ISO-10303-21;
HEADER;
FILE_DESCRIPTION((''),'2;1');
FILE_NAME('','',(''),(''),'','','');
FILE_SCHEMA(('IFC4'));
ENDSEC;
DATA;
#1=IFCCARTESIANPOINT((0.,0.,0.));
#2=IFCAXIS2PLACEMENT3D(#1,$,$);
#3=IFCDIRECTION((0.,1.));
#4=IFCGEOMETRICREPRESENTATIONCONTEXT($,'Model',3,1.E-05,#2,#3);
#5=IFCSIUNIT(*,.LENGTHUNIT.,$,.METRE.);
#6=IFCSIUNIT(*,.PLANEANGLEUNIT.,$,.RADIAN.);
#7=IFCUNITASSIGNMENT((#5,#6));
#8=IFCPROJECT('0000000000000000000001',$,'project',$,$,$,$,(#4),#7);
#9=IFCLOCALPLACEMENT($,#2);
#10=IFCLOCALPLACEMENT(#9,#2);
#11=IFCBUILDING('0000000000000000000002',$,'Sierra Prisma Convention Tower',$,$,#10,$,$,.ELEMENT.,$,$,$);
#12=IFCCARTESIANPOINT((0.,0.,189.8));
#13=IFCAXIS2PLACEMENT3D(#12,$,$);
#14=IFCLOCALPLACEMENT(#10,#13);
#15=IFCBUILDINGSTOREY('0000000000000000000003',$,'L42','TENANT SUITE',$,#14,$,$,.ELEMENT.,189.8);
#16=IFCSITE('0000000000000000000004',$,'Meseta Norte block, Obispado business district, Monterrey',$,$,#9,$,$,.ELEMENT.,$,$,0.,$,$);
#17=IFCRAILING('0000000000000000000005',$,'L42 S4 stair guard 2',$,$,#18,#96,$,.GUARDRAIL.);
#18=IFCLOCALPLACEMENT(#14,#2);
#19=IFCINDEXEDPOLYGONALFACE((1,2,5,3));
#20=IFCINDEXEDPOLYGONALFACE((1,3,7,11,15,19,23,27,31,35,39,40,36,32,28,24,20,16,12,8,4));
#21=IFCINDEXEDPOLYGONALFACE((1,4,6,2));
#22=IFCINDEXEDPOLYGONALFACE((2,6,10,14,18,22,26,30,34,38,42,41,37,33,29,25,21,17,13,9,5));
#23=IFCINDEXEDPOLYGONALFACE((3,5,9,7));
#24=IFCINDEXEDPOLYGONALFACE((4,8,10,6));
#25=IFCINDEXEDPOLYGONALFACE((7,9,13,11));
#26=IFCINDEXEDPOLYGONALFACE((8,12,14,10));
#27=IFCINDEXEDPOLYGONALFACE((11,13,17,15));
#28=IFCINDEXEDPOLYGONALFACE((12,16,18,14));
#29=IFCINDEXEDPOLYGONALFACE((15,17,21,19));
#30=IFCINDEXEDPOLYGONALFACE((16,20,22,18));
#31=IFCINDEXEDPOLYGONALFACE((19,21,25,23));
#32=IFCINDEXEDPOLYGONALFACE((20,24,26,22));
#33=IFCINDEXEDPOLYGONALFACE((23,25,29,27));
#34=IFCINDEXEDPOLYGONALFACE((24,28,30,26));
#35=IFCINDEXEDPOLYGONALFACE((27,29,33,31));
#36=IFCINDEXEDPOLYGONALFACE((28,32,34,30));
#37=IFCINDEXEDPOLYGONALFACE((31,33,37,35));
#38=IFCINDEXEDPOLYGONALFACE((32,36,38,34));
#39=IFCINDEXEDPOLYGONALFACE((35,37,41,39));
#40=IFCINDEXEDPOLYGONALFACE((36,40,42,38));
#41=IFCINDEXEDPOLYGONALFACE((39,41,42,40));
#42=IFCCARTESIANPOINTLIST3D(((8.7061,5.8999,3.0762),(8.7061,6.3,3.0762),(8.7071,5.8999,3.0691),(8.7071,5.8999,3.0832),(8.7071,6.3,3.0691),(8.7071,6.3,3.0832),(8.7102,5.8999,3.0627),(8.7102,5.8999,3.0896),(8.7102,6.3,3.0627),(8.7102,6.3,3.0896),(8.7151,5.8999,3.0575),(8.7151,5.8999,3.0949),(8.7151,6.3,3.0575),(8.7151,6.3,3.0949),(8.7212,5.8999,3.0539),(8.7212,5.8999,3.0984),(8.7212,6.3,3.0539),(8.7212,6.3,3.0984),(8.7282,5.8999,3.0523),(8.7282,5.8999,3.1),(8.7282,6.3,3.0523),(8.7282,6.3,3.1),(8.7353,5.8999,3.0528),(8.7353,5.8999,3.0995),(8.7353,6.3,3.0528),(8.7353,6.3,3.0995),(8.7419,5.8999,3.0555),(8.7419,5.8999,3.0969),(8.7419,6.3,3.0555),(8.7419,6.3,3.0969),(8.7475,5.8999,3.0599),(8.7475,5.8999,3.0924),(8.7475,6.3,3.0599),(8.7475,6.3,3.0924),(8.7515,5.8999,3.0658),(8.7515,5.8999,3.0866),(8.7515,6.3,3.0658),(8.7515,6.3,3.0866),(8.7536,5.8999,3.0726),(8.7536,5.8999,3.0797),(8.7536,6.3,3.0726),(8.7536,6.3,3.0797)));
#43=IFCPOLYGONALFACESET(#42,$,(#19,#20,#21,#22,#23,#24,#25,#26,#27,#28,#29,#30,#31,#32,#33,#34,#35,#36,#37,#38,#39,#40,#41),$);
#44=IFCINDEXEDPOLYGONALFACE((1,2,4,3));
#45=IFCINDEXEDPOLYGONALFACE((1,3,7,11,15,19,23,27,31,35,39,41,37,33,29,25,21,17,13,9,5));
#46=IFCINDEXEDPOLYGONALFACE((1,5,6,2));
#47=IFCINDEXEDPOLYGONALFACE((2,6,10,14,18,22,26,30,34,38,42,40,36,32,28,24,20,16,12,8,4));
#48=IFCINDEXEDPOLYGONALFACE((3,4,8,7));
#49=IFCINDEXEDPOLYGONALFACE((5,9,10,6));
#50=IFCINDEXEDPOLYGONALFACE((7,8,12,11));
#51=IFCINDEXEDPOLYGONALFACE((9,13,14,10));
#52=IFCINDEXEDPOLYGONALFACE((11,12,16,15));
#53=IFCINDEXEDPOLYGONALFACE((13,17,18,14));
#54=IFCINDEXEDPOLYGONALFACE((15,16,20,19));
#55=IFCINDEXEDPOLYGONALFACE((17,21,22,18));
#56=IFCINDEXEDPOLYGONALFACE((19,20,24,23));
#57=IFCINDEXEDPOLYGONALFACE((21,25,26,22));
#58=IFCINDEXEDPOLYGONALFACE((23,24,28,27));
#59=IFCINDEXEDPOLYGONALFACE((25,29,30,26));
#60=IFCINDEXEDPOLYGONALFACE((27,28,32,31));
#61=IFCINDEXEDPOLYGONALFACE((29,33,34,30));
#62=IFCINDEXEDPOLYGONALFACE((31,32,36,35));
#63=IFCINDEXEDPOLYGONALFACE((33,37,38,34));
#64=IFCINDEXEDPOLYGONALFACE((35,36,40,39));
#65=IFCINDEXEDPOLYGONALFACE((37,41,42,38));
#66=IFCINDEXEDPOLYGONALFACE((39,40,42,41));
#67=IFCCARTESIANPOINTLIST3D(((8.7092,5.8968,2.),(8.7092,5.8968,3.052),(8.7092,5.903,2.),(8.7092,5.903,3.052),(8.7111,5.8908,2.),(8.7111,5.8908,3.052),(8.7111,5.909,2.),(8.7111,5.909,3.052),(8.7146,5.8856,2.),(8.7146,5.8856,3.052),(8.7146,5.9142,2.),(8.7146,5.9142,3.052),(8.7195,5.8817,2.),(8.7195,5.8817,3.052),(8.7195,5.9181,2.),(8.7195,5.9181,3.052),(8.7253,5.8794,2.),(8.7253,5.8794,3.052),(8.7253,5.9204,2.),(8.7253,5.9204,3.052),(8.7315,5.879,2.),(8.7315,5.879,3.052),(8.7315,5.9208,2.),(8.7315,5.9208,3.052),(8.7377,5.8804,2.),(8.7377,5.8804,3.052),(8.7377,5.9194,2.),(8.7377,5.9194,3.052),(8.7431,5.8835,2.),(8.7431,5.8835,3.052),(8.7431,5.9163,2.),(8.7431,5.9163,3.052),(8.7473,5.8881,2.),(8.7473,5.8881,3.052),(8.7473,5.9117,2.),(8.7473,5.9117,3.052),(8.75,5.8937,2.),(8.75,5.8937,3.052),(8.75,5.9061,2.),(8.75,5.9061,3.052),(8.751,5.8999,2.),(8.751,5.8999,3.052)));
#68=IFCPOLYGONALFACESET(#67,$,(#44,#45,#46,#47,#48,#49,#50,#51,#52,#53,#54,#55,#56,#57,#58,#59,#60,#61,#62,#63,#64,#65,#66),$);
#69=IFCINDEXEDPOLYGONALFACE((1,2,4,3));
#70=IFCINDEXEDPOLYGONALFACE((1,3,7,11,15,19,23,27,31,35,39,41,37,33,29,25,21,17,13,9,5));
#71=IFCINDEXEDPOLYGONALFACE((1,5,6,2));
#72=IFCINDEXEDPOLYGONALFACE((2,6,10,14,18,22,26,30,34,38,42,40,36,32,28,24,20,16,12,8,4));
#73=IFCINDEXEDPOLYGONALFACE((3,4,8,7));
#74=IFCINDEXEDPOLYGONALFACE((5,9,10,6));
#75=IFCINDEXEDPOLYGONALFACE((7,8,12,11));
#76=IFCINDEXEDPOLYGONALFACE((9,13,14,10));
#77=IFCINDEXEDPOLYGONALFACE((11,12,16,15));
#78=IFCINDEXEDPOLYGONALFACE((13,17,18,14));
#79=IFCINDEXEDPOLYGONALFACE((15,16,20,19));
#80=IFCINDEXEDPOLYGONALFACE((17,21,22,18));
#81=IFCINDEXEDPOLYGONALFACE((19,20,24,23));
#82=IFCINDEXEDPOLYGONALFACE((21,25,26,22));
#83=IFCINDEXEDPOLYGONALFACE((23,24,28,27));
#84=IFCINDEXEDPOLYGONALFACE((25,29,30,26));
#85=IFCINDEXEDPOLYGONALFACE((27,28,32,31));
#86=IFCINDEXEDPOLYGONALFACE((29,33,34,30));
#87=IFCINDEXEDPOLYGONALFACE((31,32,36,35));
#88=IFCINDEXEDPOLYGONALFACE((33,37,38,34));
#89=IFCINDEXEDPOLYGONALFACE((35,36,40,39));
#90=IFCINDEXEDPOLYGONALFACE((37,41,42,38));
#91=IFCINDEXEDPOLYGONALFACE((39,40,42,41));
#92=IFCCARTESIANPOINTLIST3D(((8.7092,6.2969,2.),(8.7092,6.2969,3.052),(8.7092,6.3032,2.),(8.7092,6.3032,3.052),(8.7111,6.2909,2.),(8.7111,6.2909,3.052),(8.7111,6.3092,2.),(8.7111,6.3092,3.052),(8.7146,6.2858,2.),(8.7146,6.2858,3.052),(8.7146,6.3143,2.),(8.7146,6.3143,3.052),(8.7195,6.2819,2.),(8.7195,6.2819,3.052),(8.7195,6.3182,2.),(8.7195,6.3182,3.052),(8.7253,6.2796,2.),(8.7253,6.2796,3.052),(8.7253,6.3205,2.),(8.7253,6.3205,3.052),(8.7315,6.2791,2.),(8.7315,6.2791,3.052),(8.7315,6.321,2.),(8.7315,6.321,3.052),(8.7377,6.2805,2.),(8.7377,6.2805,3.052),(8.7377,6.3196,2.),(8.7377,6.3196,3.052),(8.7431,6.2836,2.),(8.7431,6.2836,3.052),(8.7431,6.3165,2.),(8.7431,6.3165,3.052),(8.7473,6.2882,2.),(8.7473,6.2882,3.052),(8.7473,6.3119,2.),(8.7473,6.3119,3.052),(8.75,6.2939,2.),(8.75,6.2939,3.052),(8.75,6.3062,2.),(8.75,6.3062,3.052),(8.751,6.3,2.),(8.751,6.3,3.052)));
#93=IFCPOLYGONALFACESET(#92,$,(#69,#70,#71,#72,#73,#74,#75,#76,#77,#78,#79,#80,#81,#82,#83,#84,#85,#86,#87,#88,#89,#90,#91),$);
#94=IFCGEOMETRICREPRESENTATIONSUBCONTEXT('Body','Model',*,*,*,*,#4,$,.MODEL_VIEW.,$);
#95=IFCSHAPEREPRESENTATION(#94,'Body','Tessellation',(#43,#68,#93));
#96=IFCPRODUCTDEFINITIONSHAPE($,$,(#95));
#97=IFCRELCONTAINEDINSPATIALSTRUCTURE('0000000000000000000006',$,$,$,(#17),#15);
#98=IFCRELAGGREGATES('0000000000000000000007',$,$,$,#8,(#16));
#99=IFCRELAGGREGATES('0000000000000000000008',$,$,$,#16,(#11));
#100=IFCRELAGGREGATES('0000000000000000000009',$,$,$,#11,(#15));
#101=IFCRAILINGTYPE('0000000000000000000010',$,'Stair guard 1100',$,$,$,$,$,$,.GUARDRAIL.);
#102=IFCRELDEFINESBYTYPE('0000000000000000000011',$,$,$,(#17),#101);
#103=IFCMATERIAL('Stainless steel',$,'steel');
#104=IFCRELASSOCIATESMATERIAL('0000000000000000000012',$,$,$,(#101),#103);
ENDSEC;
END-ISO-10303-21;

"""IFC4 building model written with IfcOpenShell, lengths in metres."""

from ifc_helpers import new_model, si_unit, direction, frame, origin, origin_2d, place, context, subcontext, project, spatial, circle, extrude, material, type_object, element, save


model = new_model("IFC4")

# Units and contexts
model_context = context("Model", 3, precision=1e-05, world=origin(), true_north=direction((0.0, 1.0)))
body_context = subcontext(model_context, "Body", "Model", "MODEL_VIEW")
ifc_project = project(units=[si_unit("LENGTHUNIT", "METRE"), si_unit("PLANEANGLEUNIT", "RADIAN")], contexts=[model_context])

# Site, building, storey
site_placement = place(None, origin())
site = spatial("IfcSite", under=ifc_project, at=site_placement, Name="Meseta Norte block, Obispado business district, Monterrey", CompositionType="ELEMENT", RefElevation=0.0)
building_placement = place(site_placement, origin())
building = spatial("IfcBuilding", under=site, at=building_placement, Name="Sierra Prisma Convention Tower", CompositionType="ELEMENT")
storey_placement = place(building_placement, frame((0.0, 0.0, 189.8)))
storey = spatial("IfcBuildingStorey", under=building, at=storey_placement, Name="L42", Description="TENANT SUITE", CompositionType="ELEMENT", Elevation=189.8)

# Railing
ifc_material_1 = material(Name="Stainless steel", Category="steel")
railing_type_1 = type_object("IfcRailingType", Name="Stair guard 1100", PredefinedType="GUARDRAIL", material=ifc_material_1)
railing_1_placement = place(storey_placement, frame((8.73, 5.8999, 2.0)))
element("IfcRailing", 1, at=railing_1_placement, inside=storey, type_object=railing_type_1, Name="L42 S4 stair guard 2", PredefinedType="GUARDRAIL", context=body_context, shape_type="SweptSolid", body=[
    extrude(circle(Radius=0.0239, at=origin_2d()), frame((0.0, 0.0, 1.0762), z_axis=(0.0, 1.0, 0.0), x_axis=(-1.0, 0.0, 0.0)), (0.0, 0.0, 1.0), 0.4001),
    extrude(circle(Radius=0.021, at=origin_2d()), origin(), (0.0, 0.0, 1.0), 1.052),
    extrude(circle(Radius=0.021, at=origin_2d()), frame((0.0, 0.4001, 0.0)), (0.0, 0.0, 1.0), 1.052),
])

save(model, "model.ifc")
